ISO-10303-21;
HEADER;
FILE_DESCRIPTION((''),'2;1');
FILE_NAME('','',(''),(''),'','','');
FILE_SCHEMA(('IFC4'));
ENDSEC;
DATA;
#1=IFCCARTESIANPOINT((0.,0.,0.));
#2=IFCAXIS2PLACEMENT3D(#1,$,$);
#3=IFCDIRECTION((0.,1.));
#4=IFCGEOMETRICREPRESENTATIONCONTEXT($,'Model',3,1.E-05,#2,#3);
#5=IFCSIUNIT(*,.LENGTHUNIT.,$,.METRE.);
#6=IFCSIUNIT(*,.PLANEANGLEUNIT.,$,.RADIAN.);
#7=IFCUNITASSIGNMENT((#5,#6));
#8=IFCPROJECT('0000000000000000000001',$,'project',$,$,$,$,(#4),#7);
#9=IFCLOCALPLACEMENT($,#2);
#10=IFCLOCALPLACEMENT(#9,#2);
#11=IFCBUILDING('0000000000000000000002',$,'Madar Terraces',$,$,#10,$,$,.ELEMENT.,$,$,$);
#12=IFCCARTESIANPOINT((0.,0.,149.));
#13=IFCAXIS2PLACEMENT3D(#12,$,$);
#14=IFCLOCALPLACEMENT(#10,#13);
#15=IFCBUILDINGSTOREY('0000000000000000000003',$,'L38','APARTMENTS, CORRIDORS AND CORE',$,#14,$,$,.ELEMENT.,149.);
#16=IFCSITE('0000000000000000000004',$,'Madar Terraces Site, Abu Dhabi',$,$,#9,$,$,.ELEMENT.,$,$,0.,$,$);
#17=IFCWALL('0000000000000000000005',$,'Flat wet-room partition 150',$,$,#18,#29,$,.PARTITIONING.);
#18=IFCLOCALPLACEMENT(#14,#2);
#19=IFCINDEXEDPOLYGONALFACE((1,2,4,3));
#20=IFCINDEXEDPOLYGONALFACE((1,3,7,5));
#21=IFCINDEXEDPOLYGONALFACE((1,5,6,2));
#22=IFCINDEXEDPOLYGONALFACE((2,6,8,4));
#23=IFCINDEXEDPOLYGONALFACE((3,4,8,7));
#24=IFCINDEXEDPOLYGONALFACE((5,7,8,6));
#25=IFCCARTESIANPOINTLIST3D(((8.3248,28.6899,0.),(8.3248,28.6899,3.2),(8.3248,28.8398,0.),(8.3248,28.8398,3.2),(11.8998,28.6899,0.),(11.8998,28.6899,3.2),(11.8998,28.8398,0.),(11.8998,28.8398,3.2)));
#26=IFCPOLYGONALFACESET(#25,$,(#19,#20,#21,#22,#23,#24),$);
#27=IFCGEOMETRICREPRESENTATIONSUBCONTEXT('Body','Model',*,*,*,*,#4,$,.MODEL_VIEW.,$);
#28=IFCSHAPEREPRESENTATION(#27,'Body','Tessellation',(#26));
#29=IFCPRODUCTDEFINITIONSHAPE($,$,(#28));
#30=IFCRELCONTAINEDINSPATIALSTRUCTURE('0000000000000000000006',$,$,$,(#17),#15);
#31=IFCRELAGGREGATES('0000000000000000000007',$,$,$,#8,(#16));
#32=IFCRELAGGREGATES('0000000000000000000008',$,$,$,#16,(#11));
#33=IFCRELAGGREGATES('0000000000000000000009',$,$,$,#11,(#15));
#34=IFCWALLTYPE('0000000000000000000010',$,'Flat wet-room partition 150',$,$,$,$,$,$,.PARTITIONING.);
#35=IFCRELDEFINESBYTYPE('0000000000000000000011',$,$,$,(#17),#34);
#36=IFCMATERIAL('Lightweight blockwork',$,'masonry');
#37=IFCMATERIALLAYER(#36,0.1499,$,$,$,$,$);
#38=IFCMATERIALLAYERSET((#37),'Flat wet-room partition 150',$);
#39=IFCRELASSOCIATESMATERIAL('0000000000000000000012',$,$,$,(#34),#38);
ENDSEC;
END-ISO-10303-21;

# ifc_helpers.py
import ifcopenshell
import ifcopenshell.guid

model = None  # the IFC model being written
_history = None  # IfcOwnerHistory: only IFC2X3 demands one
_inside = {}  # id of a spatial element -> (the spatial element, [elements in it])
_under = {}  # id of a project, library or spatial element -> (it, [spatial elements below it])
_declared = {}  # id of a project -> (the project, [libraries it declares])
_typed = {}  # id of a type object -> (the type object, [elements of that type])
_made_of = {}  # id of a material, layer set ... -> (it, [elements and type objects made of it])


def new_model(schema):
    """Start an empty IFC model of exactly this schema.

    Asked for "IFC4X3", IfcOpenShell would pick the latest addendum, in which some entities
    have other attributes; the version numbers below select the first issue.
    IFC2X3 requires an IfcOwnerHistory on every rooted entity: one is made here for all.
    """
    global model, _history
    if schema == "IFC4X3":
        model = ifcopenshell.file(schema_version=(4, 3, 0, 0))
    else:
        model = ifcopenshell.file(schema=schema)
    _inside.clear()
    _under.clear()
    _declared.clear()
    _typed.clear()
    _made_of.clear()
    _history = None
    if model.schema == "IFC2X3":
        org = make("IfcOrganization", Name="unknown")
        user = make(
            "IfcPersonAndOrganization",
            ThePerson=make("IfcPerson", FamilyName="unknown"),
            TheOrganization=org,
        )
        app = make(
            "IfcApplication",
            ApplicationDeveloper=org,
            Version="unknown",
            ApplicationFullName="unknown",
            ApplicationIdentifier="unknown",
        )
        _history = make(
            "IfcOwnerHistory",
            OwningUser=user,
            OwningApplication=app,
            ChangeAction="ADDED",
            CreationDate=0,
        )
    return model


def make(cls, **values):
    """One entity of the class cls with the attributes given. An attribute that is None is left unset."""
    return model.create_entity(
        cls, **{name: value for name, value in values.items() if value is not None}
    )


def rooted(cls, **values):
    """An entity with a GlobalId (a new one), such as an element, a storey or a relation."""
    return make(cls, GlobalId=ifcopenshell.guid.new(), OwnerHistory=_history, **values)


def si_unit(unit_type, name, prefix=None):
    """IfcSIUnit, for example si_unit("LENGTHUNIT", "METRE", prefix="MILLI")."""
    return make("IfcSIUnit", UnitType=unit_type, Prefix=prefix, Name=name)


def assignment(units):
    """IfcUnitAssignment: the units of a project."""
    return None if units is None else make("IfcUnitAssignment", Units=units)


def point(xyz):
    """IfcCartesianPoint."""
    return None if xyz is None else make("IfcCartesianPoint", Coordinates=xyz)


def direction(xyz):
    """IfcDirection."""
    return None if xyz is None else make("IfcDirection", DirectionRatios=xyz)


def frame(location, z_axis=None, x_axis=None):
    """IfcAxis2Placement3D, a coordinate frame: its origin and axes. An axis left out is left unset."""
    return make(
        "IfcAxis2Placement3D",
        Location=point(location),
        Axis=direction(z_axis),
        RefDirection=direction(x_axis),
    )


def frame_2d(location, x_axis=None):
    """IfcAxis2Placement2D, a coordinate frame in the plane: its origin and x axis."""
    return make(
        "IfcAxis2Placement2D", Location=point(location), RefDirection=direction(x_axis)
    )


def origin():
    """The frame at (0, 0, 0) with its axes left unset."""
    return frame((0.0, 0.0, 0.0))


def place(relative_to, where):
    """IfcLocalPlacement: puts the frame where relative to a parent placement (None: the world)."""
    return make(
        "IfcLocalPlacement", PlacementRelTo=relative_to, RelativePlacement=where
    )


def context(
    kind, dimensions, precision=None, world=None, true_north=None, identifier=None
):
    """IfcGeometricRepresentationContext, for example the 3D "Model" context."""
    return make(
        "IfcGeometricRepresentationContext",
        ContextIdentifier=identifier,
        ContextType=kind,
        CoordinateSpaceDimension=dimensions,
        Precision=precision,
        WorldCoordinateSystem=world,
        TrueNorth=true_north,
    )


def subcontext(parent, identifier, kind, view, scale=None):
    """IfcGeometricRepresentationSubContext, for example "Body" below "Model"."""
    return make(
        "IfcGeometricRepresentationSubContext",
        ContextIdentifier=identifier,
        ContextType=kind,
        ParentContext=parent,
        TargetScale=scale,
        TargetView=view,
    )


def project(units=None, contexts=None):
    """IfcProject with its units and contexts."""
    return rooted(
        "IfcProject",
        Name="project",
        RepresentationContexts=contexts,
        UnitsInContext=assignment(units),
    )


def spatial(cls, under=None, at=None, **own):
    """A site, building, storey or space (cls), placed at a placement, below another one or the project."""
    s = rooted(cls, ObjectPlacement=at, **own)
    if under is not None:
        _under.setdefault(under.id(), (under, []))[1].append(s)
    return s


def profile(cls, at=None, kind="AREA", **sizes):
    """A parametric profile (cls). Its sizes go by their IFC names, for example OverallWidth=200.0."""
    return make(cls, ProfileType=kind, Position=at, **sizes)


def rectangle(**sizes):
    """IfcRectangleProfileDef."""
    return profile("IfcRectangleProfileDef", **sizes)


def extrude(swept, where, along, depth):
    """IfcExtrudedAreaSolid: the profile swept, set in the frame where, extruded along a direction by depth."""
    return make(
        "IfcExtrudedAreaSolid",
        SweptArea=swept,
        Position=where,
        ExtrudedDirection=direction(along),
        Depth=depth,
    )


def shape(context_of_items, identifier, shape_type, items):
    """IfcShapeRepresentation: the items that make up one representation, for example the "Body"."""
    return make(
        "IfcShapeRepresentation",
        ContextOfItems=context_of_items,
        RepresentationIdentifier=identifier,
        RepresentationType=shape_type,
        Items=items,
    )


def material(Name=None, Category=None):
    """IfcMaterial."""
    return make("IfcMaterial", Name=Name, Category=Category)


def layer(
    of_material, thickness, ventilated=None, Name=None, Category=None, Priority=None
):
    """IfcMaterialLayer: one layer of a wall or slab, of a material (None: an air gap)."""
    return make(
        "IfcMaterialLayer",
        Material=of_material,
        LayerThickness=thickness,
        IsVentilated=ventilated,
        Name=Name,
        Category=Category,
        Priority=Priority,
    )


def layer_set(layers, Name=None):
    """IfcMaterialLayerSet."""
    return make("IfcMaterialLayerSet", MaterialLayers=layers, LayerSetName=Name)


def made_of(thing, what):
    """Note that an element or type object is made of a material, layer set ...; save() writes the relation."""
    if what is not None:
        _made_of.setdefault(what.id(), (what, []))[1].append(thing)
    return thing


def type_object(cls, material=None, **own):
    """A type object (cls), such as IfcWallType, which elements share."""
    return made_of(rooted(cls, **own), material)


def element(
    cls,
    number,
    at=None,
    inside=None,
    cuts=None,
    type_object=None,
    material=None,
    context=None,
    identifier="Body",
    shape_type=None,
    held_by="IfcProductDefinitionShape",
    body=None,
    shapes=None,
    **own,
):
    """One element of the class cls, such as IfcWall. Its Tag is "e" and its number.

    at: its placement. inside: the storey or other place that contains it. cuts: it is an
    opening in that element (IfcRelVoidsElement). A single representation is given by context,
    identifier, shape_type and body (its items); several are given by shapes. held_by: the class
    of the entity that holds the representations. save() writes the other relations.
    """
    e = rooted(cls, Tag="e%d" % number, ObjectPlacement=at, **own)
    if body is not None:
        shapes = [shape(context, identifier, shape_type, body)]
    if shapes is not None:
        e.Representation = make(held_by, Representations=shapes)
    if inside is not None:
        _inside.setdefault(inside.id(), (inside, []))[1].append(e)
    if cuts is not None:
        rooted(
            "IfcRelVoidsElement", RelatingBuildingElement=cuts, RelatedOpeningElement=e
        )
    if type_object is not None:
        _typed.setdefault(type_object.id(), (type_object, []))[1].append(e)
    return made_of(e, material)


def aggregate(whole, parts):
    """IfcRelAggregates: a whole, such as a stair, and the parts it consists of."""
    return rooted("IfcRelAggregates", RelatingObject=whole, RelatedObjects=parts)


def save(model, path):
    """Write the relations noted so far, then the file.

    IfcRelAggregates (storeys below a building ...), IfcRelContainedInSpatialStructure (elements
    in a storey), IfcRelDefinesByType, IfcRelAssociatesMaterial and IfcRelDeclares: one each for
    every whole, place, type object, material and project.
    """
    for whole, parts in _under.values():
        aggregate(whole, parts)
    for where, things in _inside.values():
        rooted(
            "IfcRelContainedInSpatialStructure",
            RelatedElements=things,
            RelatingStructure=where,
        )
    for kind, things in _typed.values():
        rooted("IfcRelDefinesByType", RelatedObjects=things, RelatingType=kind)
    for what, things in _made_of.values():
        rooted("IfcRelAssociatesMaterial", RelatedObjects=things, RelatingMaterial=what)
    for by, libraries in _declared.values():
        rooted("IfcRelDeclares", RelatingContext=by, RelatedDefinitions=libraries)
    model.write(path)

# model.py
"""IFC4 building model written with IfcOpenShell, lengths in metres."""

from ifc_helpers import new_model, si_unit, direction, frame, frame_2d, origin, place, context, subcontext, project, spatial, rectangle, extrude, material, layer, layer_set, type_object, element, save


model = new_model("IFC4")

# Units and contexts
model_context = context("Model", 3, precision=1e-05, world=origin(), true_north=direction((0.0, 1.0)))
body_context = subcontext(model_context, "Body", "Model", "MODEL_VIEW")
ifc_project = project(units=[si_unit("LENGTHUNIT", "METRE"), si_unit("PLANEANGLEUNIT", "RADIAN")], contexts=[model_context])

# Site, building, storey
site_placement = place(None, origin())
site = spatial("IfcSite", under=ifc_project, at=site_placement, Name="Madar Terraces Site, Abu Dhabi", CompositionType="ELEMENT", RefElevation=0.0)
building_placement = place(site_placement, origin())
building = spatial("IfcBuilding", under=site, at=building_placement, Name="Madar Terraces", CompositionType="ELEMENT")
storey_placement = place(building_placement, frame((0.0, 0.0, 149.0)))
storey = spatial("IfcBuildingStorey", under=building, at=storey_placement, Name="L38", Description="APARTMENTS, CORRIDORS AND CORE", CompositionType="ELEMENT", Elevation=149.0)

# Wall
ifc_material_1 = material(Name="Lightweight blockwork", Category="masonry")
ifc_layer_1 = layer(ifc_material_1, 0.1499)
ifc_layer_set_1 = layer_set([ifc_layer_1], Name="Flat wet-room partition 150")
wall_type_1 = type_object("IfcWallType", Name="Flat wet-room partition 150", PredefinedType="PARTITIONING", material=ifc_layer_set_1)
wall_1_placement = place(storey_placement, frame((11.8999, 28.7649, 0.0), z_axis=(0.0, 0.0, 1.0), x_axis=(-1.0, 0.0, 0.0)))
element("IfcWall", 1, at=wall_1_placement, inside=storey, type_object=wall_type_1, Name="Flat wet-room partition 150", PredefinedType="PARTITIONING", context=body_context, shape_type="SweptSolid", body=[
    extrude(rectangle(XDim=3.575, YDim=0.1499, at=frame_2d((1.7876, 0.0))), origin(), (0.0, 0.0, 1.0), 3.2),
])

save(model, "model.ifc")
